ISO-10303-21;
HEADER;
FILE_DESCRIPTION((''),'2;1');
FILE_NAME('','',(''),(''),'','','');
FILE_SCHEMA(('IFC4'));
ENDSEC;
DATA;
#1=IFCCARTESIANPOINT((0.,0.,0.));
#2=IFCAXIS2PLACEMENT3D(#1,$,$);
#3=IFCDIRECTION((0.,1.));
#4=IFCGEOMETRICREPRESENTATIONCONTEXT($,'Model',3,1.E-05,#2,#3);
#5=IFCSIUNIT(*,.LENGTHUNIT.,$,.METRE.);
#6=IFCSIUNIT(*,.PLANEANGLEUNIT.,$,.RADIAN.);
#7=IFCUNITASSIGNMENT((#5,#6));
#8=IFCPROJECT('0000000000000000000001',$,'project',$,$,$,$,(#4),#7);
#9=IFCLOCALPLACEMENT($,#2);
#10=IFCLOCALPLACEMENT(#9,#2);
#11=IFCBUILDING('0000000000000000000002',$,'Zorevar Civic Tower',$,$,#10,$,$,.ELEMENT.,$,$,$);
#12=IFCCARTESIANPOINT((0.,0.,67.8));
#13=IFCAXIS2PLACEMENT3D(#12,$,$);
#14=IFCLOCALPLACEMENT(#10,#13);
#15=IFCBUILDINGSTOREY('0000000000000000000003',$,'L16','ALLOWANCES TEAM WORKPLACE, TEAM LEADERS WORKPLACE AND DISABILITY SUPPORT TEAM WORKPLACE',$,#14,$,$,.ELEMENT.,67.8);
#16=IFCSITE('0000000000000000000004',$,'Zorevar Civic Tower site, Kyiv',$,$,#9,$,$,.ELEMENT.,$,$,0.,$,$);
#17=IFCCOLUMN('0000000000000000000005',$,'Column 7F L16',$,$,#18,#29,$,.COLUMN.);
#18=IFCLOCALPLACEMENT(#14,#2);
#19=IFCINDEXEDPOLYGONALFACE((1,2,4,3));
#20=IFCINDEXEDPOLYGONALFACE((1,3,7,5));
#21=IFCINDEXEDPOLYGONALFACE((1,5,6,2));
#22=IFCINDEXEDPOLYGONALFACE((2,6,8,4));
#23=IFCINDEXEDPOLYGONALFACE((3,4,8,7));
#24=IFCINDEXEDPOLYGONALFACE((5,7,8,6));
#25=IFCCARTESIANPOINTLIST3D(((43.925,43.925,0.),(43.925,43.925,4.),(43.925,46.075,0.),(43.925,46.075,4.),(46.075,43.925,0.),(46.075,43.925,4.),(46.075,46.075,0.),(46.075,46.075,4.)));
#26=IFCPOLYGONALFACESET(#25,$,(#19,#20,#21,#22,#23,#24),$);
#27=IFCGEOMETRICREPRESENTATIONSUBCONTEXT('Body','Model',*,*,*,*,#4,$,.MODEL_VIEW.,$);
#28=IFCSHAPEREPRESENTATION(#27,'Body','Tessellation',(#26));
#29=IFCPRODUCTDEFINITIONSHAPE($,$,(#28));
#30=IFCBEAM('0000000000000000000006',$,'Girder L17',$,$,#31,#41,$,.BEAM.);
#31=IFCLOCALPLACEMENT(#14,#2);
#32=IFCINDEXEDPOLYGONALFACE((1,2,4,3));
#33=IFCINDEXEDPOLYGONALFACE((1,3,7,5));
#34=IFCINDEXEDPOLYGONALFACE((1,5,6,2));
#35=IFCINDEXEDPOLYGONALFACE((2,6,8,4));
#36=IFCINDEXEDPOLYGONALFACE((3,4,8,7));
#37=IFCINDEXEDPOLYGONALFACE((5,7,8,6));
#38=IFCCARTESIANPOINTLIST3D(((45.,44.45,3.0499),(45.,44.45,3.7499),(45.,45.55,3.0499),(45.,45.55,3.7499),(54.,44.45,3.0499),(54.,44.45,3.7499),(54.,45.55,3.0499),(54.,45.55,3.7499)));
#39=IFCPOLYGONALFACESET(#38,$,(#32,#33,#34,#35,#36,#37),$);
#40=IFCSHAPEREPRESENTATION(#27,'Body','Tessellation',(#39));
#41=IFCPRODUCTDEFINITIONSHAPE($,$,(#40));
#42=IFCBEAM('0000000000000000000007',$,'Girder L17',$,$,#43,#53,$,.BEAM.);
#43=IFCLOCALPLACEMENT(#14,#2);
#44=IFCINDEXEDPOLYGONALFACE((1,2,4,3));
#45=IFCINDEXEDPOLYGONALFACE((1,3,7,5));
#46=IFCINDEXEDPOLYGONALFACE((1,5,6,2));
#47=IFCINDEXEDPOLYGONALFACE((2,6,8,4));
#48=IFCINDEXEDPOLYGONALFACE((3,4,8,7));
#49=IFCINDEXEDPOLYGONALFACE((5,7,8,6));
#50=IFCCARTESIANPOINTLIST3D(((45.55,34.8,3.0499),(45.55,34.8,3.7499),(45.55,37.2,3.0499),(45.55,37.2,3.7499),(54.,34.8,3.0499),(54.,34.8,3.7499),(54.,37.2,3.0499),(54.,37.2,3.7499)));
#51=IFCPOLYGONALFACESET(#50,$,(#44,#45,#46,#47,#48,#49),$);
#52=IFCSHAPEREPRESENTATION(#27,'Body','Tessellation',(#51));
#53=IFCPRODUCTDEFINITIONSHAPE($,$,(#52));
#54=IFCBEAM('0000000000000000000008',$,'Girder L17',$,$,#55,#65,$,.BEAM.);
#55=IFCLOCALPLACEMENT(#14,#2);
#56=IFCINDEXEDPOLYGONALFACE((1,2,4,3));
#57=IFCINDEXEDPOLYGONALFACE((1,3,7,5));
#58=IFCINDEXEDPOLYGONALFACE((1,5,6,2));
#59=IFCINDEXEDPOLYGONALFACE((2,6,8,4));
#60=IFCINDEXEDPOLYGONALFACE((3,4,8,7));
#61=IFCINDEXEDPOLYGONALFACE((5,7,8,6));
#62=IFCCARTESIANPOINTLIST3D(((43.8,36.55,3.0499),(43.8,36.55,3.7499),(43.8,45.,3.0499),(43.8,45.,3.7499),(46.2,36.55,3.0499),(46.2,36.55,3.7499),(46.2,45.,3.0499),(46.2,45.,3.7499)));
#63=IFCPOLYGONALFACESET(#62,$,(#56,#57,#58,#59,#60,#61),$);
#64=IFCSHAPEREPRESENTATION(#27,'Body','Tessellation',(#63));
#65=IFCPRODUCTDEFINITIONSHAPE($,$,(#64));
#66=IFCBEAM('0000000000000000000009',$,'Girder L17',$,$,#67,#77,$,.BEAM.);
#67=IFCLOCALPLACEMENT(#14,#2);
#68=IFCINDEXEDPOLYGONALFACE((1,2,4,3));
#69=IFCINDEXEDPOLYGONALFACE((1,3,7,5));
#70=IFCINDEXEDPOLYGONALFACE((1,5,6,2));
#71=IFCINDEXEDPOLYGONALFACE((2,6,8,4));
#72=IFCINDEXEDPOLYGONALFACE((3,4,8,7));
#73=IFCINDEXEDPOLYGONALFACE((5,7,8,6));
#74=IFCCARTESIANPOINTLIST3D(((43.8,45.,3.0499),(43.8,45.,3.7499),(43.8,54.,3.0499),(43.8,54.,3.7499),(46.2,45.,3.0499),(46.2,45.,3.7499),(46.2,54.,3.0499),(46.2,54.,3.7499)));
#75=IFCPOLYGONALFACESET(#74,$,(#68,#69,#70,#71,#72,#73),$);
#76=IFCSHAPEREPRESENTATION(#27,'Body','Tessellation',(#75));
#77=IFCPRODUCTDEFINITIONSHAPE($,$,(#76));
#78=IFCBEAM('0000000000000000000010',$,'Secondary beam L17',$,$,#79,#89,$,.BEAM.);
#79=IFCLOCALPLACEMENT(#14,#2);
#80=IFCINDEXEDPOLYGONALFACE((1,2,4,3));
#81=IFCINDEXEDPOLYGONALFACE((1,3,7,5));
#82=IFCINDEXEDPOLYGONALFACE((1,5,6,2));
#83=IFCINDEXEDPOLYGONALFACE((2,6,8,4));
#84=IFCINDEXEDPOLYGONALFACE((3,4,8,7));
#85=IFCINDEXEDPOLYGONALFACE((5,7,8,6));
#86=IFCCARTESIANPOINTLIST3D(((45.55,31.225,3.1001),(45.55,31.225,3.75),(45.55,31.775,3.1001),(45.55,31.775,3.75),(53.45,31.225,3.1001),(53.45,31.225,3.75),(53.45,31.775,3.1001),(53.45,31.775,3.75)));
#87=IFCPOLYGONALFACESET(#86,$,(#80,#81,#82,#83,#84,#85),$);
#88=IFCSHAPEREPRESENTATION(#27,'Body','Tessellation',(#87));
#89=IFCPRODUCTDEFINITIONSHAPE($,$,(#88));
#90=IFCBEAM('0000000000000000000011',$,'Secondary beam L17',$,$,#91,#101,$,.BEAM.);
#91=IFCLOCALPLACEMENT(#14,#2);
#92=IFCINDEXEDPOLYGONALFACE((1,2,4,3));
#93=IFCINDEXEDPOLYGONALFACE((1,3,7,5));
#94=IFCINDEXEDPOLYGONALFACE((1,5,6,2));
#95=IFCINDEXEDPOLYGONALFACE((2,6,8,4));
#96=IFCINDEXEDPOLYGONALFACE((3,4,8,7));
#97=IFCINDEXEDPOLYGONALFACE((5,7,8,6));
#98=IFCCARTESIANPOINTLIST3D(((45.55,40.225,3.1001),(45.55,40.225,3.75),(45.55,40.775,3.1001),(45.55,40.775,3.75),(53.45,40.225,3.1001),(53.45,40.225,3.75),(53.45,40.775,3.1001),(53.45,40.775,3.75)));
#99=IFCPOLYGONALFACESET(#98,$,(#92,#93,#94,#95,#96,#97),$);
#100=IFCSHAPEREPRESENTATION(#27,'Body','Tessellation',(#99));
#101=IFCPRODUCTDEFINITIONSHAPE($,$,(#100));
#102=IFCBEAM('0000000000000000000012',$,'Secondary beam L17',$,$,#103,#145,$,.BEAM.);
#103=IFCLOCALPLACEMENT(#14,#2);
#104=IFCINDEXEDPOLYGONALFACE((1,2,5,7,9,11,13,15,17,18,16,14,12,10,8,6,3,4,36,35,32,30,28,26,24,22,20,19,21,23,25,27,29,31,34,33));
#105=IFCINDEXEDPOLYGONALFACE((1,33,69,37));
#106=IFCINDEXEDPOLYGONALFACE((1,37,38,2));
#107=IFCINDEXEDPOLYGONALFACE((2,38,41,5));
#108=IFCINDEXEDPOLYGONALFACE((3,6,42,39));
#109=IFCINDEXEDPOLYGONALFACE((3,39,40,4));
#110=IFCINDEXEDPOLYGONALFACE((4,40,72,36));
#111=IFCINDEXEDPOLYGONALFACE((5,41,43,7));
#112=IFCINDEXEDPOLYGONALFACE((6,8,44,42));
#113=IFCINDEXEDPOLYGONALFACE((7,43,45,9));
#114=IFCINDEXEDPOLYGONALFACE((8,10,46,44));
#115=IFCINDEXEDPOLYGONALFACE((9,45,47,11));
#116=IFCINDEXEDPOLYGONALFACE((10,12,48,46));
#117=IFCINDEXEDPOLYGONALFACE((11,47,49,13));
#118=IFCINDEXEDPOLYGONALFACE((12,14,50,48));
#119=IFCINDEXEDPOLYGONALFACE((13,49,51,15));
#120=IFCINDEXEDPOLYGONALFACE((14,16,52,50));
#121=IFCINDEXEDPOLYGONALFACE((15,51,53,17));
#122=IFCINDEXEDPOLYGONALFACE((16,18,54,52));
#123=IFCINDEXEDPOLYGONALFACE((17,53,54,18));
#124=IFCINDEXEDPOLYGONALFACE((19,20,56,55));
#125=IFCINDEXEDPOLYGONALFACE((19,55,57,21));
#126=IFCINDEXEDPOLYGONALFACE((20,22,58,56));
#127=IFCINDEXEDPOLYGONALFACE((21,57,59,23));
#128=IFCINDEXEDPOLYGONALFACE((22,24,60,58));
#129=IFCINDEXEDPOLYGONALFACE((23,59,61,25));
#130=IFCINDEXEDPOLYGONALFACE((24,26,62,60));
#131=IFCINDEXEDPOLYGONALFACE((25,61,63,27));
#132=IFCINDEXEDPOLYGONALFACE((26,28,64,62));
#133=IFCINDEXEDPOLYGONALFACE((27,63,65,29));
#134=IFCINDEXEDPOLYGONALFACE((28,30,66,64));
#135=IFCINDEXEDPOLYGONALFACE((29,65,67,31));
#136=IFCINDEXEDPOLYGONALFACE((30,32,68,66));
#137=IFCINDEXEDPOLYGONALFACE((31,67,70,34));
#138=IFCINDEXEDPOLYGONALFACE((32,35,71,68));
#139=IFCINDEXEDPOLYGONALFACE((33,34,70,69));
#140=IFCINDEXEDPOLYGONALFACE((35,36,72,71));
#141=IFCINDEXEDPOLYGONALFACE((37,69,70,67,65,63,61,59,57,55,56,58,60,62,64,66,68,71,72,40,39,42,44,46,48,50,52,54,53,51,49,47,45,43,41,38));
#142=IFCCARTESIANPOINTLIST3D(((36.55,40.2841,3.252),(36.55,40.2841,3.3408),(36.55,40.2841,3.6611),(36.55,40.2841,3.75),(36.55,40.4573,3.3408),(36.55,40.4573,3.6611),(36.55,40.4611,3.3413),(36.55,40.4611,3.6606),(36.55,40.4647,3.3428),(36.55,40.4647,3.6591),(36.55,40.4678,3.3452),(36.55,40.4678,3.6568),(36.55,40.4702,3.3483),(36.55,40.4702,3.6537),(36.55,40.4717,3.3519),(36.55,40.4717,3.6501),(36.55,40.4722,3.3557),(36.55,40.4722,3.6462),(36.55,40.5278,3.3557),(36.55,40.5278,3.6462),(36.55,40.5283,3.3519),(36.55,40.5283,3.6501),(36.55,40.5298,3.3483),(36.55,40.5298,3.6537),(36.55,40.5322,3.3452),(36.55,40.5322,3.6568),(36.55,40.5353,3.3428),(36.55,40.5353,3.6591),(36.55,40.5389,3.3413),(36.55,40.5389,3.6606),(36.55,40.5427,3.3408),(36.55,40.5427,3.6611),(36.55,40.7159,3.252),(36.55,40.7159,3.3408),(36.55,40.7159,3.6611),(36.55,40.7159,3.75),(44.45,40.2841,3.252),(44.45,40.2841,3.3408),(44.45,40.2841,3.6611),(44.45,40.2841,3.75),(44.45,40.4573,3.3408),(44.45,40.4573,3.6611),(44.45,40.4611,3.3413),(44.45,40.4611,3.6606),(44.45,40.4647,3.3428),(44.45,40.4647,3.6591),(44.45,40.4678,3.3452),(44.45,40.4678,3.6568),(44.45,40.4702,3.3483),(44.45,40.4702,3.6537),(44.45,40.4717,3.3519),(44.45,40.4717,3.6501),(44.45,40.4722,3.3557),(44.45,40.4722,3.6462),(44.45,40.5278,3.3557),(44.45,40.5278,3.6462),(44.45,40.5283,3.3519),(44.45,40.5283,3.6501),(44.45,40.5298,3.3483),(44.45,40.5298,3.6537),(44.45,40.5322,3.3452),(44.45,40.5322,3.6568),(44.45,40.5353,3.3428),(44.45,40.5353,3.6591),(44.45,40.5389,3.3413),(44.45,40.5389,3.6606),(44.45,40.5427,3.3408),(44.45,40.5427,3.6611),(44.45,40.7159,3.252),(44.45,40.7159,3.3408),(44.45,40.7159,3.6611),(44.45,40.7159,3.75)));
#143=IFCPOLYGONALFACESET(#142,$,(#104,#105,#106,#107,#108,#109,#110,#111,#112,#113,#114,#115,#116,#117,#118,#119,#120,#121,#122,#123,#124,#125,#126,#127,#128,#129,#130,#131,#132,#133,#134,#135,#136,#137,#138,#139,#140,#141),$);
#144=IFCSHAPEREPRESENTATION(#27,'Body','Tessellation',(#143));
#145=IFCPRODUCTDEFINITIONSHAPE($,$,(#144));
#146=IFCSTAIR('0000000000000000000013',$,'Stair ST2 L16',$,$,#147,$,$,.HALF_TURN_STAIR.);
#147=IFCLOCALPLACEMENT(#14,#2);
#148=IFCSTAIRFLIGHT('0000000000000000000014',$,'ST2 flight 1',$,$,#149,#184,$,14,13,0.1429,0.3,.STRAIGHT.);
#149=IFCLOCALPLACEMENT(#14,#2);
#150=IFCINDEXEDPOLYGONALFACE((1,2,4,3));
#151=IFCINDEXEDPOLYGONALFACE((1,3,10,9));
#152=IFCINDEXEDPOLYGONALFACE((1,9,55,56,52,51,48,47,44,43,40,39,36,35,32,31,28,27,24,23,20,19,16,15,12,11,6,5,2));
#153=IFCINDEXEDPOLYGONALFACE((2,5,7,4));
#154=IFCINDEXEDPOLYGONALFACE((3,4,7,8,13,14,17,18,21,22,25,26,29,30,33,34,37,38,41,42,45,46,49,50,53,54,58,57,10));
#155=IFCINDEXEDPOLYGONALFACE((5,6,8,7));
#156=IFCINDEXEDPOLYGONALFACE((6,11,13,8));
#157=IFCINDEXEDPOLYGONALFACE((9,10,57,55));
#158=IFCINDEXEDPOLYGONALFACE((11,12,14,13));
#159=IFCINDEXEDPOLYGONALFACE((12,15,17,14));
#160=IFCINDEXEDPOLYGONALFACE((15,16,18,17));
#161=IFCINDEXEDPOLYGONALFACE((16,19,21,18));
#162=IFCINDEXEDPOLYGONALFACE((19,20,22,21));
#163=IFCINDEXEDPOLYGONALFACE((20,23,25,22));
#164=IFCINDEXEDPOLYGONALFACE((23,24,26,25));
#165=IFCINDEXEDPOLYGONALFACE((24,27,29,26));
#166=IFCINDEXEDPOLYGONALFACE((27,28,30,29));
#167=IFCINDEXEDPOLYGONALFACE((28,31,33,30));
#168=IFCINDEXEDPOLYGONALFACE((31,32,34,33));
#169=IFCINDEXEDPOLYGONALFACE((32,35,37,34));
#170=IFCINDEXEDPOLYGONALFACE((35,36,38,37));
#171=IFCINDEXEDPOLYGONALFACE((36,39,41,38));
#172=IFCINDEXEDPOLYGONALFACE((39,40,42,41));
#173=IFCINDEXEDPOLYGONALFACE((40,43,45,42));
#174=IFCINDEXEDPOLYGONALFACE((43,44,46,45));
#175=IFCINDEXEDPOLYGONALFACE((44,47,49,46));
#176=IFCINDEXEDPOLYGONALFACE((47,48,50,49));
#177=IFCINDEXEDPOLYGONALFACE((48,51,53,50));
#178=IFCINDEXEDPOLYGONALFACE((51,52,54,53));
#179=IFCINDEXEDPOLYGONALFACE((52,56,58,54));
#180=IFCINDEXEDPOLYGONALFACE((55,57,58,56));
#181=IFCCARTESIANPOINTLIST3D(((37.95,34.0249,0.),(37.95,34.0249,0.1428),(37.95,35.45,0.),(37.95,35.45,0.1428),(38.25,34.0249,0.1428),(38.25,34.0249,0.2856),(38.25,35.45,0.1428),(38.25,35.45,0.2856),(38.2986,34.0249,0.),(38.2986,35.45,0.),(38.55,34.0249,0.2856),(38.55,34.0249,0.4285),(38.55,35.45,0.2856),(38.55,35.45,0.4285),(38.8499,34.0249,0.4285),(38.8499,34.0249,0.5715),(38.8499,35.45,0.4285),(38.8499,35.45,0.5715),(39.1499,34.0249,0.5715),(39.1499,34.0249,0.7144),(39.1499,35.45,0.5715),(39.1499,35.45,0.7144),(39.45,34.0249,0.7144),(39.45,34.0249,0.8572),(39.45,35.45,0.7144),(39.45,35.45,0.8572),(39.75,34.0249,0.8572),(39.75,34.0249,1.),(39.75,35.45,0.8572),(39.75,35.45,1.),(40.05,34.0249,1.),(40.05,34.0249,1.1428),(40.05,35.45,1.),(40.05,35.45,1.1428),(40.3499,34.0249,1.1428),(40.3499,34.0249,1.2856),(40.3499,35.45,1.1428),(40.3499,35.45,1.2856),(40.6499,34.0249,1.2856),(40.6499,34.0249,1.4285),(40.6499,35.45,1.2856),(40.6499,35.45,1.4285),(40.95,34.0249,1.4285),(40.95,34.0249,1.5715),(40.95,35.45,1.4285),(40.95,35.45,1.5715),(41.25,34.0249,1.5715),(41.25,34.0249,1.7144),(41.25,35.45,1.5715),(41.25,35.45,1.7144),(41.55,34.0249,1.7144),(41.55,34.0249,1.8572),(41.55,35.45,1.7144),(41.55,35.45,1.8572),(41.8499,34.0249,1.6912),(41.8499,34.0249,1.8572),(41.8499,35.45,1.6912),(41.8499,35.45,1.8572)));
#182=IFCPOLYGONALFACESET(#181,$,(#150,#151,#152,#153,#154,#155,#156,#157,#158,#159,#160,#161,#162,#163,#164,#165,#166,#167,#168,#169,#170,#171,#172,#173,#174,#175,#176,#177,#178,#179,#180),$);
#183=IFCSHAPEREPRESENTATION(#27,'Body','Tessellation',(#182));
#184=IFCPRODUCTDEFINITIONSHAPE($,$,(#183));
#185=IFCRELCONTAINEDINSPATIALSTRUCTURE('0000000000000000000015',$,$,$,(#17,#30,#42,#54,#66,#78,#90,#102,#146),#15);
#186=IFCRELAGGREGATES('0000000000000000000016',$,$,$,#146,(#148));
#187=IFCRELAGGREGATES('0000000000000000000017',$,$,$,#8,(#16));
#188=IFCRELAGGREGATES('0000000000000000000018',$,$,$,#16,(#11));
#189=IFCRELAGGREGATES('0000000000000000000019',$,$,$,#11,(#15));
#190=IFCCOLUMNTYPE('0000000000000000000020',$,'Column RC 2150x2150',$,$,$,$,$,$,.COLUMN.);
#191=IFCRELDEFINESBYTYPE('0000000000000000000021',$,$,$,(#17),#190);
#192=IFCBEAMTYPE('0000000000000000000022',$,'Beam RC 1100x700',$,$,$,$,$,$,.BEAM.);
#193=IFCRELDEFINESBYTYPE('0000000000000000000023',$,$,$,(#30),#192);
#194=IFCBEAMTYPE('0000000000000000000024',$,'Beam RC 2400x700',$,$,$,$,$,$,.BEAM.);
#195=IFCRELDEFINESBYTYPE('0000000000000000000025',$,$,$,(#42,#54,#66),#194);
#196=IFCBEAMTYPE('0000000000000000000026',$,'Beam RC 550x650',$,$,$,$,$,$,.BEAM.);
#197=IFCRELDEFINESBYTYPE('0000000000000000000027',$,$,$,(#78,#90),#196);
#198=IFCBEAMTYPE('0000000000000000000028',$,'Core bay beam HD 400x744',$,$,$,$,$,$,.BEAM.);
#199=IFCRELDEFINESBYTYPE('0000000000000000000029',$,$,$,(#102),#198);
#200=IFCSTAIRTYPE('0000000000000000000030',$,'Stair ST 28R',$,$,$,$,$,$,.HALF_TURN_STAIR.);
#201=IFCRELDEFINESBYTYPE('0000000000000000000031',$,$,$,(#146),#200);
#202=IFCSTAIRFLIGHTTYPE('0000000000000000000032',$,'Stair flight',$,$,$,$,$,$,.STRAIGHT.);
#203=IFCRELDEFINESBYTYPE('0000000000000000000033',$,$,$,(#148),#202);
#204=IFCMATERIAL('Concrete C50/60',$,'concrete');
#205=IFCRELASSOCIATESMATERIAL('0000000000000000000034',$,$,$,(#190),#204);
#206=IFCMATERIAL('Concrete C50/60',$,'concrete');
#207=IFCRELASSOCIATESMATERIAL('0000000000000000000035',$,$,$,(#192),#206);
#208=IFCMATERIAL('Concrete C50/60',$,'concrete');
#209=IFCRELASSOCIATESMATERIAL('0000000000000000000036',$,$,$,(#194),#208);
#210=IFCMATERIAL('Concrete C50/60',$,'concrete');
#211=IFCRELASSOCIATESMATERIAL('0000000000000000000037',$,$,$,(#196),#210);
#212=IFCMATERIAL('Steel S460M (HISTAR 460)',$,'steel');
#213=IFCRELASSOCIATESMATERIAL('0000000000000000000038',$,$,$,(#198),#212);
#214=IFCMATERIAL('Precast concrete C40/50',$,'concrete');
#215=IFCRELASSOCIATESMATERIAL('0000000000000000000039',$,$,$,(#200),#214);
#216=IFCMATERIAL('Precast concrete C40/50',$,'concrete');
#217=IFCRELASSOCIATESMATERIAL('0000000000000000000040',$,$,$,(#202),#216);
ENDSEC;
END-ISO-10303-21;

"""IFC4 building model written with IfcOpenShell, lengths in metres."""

from ifc_helpers import new_model, si_unit, direction, frame, origin, origin_2d, place, context, subcontext, project, spatial, polyline, rectangle, i_section, outline, extrude, material, material_profile, profile_set, type_object, element, aggregate, save


model = new_model("IFC4")

# Units and contexts
model_context = context("Model", 3, precision=1e-05, world=origin(), true_north=direction((0.0, 1.0)))
body_context = subcontext(model_context, "Body", "Model", "MODEL_VIEW")
ifc_project = project(units=[si_unit("LENGTHUNIT", "METRE"), si_unit("PLANEANGLEUNIT", "RADIAN")], contexts=[model_context])

# Site, building, storey
site_placement = place(None, origin())
site = spatial("IfcSite", under=ifc_project, at=site_placement, Name="Zorevar Civic Tower site, Kyiv", CompositionType="ELEMENT", RefElevation=0.0)
building_placement = place(site_placement, origin())
building = spatial("IfcBuilding", under=site, at=building_placement, Name="Zorevar Civic Tower", CompositionType="ELEMENT")
storey_placement = place(building_placement, frame((0.0, 0.0, 67.8)))
storey = spatial("IfcBuildingStorey", under=building, at=storey_placement, Name="L16", Description="ALLOWANCES TEAM WORKPLACE, TEAM LEADERS WORKPLACE AND DISABILITY SUPPORT TEAM WORKPLACE", CompositionType="ELEMENT", Elevation=67.8)

# Column
ifc_material_1 = material(Name="Concrete C50/60", Category="concrete")
ifc_material_profile_1 = material_profile(ifc_material_1, rectangle(XDim=2.1499, YDim=2.1499, at=origin_2d()), Name="RC 2150x2150")
ifc_profile_set_1 = profile_set([ifc_material_profile_1], Name="Concrete C50/60")
column_type = type_object("IfcColumnType", Name="Column RC 2150x2150", PredefinedType="COLUMN", material=ifc_profile_set_1)
column_placement = place(storey_placement, frame((45.0, 45.0, 0.0), z_axis=(0.0, 0.0, 1.0), x_axis=(1.0, 0.0, 0.0)))
element("IfcColumn", 1, at=column_placement, inside=storey, type_object=column_type, Name="Column 7F L16", PredefinedType="COLUMN", context=body_context, shape_type="SweptSolid", body=[
    extrude(rectangle(XDim=2.1499, YDim=2.1499, at=origin_2d()), origin(), (0.0, 0.0, 1.0), 4.0),
])

# Beams
ifc_material_2 = material(Name="Concrete C50/60", Category="concrete")
ifc_material_profile_2 = material_profile(ifc_material_2, rectangle(XDim=1.1001, YDim=0.7, at=origin_2d()), Name="RC 1100x700")
ifc_profile_set_2 = profile_set([ifc_material_profile_2], Name="Concrete C50/60")
beam_type_1 = type_object("IfcBeamType", Name="Beam RC 1100x700", PredefinedType="BEAM", material=ifc_profile_set_2)
beam_1_placement = place(storey_placement, frame((45.0, 45.0, 3.3999), z_axis=(1.0, 0.0, 0.0), x_axis=(0.0, 1.0, 0.0)))
element("IfcBeam", 2, at=beam_1_placement, inside=storey, type_object=beam_type_1, Name="Girder L17", PredefinedType="BEAM", context=body_context, shape_type="SweptSolid", body=[
    extrude(rectangle(XDim=1.1001, YDim=0.7, at=origin_2d()), origin(), (0.0, 0.0, 1.0), 9.0),
])
ifc_material_3 = material(Name="Concrete C50/60", Category="concrete")
ifc_material_profile_3 = material_profile(ifc_material_3, rectangle(XDim=2.3999, YDim=0.7, at=origin_2d()), Name="RC 2400x700")
ifc_profile_set_3 = profile_set([ifc_material_profile_3], Name="Concrete C50/60")
beam_type_2 = type_object("IfcBeamType", Name="Beam RC 2400x700", PredefinedType="BEAM", material=ifc_profile_set_3)
for number, where, z_axis, x_axis, name in (
    (3, (45.55, 36.0, 3.3999), (1.0, 0.0, 0.0), (0.0, 1.0, 0.0), "Girder L17"),
    (4, (45.0, 36.55, 3.3999), (0.0, 1.0, 0.0), (-1.0, 0.0, 0.0), "Girder L17"),
):
    element("IfcBeam", number, at=place(storey_placement, frame(where, z_axis=z_axis, x_axis=x_axis)), inside=storey, type_object=beam_type_2, Name=name, PredefinedType="BEAM", context=body_context, shape_type="SweptSolid", body=[
        extrude(rectangle(XDim=2.3999, YDim=0.7, at=origin_2d()), origin(), (0.0, 0.0, 1.0), 8.45),
    ])
beam_2_placement = place(storey_placement, frame((45.0, 45.0, 3.3999), z_axis=(0.0, 1.0, 0.0), x_axis=(-1.0, 0.0, 0.0)))
element("IfcBeam", 5, at=beam_2_placement, inside=storey, type_object=beam_type_2, Name="Girder L17", PredefinedType="BEAM", context=body_context, shape_type="SweptSolid", body=[
    extrude(rectangle(XDim=2.3999, YDim=0.7, at=origin_2d()), origin(), (0.0, 0.0, 1.0), 9.0),
])
ifc_material_4 = material(Name="Concrete C50/60", Category="concrete")
ifc_material_profile_4 = material_profile(ifc_material_4, rectangle(XDim=0.55, YDim=0.6499, at=origin_2d()), Name="RC 550x650")
ifc_profile_set_4 = profile_set([ifc_material_profile_4], Name="Concrete C50/60")
beam_type_3 = type_object("IfcBeamType", Name="Beam RC 550x650", PredefinedType="BEAM", material=ifc_profile_set_4)
for number, where, z_axis, x_axis, name in (
    (6, (45.55, 31.5, 3.425), (1.0, 0.0, 0.0), (0.0, 1.0, 0.0), "Secondary beam L17"),
    (7, (45.55, 40.5, 3.425), (1.0, 0.0, 0.0), (0.0, 1.0, 0.0), "Secondary beam L17"),
):
    element("IfcBeam", number, at=place(storey_placement, frame(where, z_axis=z_axis, x_axis=x_axis)), inside=storey, type_object=beam_type_3, Name=name, PredefinedType="BEAM", context=body_context, shape_type="SweptSolid", body=[
        extrude(rectangle(XDim=0.55, YDim=0.6499, at=origin_2d()), origin(), (0.0, 0.0, 1.0), 7.8999),
    ])
ifc_material_5 = material(Name="Steel S460M (HISTAR 460)", Category="steel")
ifc_material_profile_5 = material_profile(ifc_material_5, i_section(OverallWidth=0.4319, OverallDepth=0.498, WebThickness=0.0557, FlangeThickness=0.0889, FilletRadius=0.0149, at=origin_2d()), Name="HD 400x744")
ifc_profile_set_5 = profile_set([ifc_material_profile_5], Name="Steel S460M (HISTAR 460)")
beam_type_4 = type_object("IfcBeamType", Name="Core bay beam HD 400x744", PredefinedType="BEAM", material=ifc_profile_set_5)
beam_3_placement = place(storey_placement, frame((36.55, 40.5, 3.501), z_axis=(1.0, 0.0, 0.0), x_axis=(0.0, 1.0, 0.0)))
element("IfcBeam", 8, at=beam_3_placement, inside=storey, type_object=beam_type_4, Name="Secondary beam L17", PredefinedType="BEAM", context=body_context, shape_type="SweptSolid", body=[
    extrude(i_section(OverallWidth=0.4319, OverallDepth=0.498, WebThickness=0.0557, FlangeThickness=0.0889, FilletRadius=0.0149, at=origin_2d()), origin(), (0.0, 0.0, 1.0), 7.8999),
])

# Stair, stair flight
ifc_material_6 = material(Name="Precast concrete C40/50", Category="concrete")
stair_type = type_object("IfcStairType", Name="Stair ST 28R", PredefinedType="HALF_TURN_STAIR", material=ifc_material_6)
stair_placement = place(storey_placement, origin())
stair = element("IfcStair", 9, at=stair_placement, inside=storey, type_object=stair_type, Name="Stair ST2 L16", PredefinedType="HALF_TURN_STAIR")
ifc_material_7 = material(Name="Precast concrete C40/50", Category="concrete")
stair_flight_type = type_object("IfcStairFlightType", Name="Stair flight", PredefinedType="STRAIGHT", material=ifc_material_7)
stair_flight_1_placement = place(storey_placement, frame((37.95, 34.7375, 0.0), z_axis=(0.0, 0.0, 1.0), x_axis=(1.0, 0.0, 0.0)))
stair_flight_1 = element("IfcStairFlight", 10, at=stair_flight_1_placement, type_object=stair_flight_type, Name="ST2 flight 1", NumberOfRisers=14, NumberOfTreads=13, PredefinedType="STRAIGHT", RiserHeight=0.1429, TreadLength=0.3, context=body_context, shape_type="SweptSolid", body=[
    extrude(outline(polyline([(0.0, 0.0), (0.0, 0.1428), (0.3, 0.1428), (0.3, 0.2856), (0.6001, 0.2856), (0.6001, 0.4285), (0.8999, 0.4285), (0.8999, 0.5715), (1.2, 0.5715), (1.2, 0.7144), (1.5, 0.7144), (1.5, 0.8572), (1.8, 0.8572), (1.8, 1.0), (2.1001, 1.0), (2.1001, 1.1428), (2.3999, 1.1428), (2.3999, 1.2856), (2.7, 1.2856), (2.7, 1.4285), (3.0, 1.4285), (3.0, 1.5715), (3.3, 1.5715), (3.3, 1.7144), (3.6001, 1.7144), (3.6001, 1.8572), (3.8999, 1.8572), (3.8999, 2.0), (3.8999, 1.6912), (0.3486, 0.0), (0.0, 0.0)])), frame((0.0, 0.7124, 0.0), z_axis=(0.0, -1.0, 0.0), x_axis=(1.0, 0.0, 0.0)), (0.0, 0.0, 1.0), 1.425),
])
aggregate(stair, [stair_flight_1])

save(model, "model.ifc")
